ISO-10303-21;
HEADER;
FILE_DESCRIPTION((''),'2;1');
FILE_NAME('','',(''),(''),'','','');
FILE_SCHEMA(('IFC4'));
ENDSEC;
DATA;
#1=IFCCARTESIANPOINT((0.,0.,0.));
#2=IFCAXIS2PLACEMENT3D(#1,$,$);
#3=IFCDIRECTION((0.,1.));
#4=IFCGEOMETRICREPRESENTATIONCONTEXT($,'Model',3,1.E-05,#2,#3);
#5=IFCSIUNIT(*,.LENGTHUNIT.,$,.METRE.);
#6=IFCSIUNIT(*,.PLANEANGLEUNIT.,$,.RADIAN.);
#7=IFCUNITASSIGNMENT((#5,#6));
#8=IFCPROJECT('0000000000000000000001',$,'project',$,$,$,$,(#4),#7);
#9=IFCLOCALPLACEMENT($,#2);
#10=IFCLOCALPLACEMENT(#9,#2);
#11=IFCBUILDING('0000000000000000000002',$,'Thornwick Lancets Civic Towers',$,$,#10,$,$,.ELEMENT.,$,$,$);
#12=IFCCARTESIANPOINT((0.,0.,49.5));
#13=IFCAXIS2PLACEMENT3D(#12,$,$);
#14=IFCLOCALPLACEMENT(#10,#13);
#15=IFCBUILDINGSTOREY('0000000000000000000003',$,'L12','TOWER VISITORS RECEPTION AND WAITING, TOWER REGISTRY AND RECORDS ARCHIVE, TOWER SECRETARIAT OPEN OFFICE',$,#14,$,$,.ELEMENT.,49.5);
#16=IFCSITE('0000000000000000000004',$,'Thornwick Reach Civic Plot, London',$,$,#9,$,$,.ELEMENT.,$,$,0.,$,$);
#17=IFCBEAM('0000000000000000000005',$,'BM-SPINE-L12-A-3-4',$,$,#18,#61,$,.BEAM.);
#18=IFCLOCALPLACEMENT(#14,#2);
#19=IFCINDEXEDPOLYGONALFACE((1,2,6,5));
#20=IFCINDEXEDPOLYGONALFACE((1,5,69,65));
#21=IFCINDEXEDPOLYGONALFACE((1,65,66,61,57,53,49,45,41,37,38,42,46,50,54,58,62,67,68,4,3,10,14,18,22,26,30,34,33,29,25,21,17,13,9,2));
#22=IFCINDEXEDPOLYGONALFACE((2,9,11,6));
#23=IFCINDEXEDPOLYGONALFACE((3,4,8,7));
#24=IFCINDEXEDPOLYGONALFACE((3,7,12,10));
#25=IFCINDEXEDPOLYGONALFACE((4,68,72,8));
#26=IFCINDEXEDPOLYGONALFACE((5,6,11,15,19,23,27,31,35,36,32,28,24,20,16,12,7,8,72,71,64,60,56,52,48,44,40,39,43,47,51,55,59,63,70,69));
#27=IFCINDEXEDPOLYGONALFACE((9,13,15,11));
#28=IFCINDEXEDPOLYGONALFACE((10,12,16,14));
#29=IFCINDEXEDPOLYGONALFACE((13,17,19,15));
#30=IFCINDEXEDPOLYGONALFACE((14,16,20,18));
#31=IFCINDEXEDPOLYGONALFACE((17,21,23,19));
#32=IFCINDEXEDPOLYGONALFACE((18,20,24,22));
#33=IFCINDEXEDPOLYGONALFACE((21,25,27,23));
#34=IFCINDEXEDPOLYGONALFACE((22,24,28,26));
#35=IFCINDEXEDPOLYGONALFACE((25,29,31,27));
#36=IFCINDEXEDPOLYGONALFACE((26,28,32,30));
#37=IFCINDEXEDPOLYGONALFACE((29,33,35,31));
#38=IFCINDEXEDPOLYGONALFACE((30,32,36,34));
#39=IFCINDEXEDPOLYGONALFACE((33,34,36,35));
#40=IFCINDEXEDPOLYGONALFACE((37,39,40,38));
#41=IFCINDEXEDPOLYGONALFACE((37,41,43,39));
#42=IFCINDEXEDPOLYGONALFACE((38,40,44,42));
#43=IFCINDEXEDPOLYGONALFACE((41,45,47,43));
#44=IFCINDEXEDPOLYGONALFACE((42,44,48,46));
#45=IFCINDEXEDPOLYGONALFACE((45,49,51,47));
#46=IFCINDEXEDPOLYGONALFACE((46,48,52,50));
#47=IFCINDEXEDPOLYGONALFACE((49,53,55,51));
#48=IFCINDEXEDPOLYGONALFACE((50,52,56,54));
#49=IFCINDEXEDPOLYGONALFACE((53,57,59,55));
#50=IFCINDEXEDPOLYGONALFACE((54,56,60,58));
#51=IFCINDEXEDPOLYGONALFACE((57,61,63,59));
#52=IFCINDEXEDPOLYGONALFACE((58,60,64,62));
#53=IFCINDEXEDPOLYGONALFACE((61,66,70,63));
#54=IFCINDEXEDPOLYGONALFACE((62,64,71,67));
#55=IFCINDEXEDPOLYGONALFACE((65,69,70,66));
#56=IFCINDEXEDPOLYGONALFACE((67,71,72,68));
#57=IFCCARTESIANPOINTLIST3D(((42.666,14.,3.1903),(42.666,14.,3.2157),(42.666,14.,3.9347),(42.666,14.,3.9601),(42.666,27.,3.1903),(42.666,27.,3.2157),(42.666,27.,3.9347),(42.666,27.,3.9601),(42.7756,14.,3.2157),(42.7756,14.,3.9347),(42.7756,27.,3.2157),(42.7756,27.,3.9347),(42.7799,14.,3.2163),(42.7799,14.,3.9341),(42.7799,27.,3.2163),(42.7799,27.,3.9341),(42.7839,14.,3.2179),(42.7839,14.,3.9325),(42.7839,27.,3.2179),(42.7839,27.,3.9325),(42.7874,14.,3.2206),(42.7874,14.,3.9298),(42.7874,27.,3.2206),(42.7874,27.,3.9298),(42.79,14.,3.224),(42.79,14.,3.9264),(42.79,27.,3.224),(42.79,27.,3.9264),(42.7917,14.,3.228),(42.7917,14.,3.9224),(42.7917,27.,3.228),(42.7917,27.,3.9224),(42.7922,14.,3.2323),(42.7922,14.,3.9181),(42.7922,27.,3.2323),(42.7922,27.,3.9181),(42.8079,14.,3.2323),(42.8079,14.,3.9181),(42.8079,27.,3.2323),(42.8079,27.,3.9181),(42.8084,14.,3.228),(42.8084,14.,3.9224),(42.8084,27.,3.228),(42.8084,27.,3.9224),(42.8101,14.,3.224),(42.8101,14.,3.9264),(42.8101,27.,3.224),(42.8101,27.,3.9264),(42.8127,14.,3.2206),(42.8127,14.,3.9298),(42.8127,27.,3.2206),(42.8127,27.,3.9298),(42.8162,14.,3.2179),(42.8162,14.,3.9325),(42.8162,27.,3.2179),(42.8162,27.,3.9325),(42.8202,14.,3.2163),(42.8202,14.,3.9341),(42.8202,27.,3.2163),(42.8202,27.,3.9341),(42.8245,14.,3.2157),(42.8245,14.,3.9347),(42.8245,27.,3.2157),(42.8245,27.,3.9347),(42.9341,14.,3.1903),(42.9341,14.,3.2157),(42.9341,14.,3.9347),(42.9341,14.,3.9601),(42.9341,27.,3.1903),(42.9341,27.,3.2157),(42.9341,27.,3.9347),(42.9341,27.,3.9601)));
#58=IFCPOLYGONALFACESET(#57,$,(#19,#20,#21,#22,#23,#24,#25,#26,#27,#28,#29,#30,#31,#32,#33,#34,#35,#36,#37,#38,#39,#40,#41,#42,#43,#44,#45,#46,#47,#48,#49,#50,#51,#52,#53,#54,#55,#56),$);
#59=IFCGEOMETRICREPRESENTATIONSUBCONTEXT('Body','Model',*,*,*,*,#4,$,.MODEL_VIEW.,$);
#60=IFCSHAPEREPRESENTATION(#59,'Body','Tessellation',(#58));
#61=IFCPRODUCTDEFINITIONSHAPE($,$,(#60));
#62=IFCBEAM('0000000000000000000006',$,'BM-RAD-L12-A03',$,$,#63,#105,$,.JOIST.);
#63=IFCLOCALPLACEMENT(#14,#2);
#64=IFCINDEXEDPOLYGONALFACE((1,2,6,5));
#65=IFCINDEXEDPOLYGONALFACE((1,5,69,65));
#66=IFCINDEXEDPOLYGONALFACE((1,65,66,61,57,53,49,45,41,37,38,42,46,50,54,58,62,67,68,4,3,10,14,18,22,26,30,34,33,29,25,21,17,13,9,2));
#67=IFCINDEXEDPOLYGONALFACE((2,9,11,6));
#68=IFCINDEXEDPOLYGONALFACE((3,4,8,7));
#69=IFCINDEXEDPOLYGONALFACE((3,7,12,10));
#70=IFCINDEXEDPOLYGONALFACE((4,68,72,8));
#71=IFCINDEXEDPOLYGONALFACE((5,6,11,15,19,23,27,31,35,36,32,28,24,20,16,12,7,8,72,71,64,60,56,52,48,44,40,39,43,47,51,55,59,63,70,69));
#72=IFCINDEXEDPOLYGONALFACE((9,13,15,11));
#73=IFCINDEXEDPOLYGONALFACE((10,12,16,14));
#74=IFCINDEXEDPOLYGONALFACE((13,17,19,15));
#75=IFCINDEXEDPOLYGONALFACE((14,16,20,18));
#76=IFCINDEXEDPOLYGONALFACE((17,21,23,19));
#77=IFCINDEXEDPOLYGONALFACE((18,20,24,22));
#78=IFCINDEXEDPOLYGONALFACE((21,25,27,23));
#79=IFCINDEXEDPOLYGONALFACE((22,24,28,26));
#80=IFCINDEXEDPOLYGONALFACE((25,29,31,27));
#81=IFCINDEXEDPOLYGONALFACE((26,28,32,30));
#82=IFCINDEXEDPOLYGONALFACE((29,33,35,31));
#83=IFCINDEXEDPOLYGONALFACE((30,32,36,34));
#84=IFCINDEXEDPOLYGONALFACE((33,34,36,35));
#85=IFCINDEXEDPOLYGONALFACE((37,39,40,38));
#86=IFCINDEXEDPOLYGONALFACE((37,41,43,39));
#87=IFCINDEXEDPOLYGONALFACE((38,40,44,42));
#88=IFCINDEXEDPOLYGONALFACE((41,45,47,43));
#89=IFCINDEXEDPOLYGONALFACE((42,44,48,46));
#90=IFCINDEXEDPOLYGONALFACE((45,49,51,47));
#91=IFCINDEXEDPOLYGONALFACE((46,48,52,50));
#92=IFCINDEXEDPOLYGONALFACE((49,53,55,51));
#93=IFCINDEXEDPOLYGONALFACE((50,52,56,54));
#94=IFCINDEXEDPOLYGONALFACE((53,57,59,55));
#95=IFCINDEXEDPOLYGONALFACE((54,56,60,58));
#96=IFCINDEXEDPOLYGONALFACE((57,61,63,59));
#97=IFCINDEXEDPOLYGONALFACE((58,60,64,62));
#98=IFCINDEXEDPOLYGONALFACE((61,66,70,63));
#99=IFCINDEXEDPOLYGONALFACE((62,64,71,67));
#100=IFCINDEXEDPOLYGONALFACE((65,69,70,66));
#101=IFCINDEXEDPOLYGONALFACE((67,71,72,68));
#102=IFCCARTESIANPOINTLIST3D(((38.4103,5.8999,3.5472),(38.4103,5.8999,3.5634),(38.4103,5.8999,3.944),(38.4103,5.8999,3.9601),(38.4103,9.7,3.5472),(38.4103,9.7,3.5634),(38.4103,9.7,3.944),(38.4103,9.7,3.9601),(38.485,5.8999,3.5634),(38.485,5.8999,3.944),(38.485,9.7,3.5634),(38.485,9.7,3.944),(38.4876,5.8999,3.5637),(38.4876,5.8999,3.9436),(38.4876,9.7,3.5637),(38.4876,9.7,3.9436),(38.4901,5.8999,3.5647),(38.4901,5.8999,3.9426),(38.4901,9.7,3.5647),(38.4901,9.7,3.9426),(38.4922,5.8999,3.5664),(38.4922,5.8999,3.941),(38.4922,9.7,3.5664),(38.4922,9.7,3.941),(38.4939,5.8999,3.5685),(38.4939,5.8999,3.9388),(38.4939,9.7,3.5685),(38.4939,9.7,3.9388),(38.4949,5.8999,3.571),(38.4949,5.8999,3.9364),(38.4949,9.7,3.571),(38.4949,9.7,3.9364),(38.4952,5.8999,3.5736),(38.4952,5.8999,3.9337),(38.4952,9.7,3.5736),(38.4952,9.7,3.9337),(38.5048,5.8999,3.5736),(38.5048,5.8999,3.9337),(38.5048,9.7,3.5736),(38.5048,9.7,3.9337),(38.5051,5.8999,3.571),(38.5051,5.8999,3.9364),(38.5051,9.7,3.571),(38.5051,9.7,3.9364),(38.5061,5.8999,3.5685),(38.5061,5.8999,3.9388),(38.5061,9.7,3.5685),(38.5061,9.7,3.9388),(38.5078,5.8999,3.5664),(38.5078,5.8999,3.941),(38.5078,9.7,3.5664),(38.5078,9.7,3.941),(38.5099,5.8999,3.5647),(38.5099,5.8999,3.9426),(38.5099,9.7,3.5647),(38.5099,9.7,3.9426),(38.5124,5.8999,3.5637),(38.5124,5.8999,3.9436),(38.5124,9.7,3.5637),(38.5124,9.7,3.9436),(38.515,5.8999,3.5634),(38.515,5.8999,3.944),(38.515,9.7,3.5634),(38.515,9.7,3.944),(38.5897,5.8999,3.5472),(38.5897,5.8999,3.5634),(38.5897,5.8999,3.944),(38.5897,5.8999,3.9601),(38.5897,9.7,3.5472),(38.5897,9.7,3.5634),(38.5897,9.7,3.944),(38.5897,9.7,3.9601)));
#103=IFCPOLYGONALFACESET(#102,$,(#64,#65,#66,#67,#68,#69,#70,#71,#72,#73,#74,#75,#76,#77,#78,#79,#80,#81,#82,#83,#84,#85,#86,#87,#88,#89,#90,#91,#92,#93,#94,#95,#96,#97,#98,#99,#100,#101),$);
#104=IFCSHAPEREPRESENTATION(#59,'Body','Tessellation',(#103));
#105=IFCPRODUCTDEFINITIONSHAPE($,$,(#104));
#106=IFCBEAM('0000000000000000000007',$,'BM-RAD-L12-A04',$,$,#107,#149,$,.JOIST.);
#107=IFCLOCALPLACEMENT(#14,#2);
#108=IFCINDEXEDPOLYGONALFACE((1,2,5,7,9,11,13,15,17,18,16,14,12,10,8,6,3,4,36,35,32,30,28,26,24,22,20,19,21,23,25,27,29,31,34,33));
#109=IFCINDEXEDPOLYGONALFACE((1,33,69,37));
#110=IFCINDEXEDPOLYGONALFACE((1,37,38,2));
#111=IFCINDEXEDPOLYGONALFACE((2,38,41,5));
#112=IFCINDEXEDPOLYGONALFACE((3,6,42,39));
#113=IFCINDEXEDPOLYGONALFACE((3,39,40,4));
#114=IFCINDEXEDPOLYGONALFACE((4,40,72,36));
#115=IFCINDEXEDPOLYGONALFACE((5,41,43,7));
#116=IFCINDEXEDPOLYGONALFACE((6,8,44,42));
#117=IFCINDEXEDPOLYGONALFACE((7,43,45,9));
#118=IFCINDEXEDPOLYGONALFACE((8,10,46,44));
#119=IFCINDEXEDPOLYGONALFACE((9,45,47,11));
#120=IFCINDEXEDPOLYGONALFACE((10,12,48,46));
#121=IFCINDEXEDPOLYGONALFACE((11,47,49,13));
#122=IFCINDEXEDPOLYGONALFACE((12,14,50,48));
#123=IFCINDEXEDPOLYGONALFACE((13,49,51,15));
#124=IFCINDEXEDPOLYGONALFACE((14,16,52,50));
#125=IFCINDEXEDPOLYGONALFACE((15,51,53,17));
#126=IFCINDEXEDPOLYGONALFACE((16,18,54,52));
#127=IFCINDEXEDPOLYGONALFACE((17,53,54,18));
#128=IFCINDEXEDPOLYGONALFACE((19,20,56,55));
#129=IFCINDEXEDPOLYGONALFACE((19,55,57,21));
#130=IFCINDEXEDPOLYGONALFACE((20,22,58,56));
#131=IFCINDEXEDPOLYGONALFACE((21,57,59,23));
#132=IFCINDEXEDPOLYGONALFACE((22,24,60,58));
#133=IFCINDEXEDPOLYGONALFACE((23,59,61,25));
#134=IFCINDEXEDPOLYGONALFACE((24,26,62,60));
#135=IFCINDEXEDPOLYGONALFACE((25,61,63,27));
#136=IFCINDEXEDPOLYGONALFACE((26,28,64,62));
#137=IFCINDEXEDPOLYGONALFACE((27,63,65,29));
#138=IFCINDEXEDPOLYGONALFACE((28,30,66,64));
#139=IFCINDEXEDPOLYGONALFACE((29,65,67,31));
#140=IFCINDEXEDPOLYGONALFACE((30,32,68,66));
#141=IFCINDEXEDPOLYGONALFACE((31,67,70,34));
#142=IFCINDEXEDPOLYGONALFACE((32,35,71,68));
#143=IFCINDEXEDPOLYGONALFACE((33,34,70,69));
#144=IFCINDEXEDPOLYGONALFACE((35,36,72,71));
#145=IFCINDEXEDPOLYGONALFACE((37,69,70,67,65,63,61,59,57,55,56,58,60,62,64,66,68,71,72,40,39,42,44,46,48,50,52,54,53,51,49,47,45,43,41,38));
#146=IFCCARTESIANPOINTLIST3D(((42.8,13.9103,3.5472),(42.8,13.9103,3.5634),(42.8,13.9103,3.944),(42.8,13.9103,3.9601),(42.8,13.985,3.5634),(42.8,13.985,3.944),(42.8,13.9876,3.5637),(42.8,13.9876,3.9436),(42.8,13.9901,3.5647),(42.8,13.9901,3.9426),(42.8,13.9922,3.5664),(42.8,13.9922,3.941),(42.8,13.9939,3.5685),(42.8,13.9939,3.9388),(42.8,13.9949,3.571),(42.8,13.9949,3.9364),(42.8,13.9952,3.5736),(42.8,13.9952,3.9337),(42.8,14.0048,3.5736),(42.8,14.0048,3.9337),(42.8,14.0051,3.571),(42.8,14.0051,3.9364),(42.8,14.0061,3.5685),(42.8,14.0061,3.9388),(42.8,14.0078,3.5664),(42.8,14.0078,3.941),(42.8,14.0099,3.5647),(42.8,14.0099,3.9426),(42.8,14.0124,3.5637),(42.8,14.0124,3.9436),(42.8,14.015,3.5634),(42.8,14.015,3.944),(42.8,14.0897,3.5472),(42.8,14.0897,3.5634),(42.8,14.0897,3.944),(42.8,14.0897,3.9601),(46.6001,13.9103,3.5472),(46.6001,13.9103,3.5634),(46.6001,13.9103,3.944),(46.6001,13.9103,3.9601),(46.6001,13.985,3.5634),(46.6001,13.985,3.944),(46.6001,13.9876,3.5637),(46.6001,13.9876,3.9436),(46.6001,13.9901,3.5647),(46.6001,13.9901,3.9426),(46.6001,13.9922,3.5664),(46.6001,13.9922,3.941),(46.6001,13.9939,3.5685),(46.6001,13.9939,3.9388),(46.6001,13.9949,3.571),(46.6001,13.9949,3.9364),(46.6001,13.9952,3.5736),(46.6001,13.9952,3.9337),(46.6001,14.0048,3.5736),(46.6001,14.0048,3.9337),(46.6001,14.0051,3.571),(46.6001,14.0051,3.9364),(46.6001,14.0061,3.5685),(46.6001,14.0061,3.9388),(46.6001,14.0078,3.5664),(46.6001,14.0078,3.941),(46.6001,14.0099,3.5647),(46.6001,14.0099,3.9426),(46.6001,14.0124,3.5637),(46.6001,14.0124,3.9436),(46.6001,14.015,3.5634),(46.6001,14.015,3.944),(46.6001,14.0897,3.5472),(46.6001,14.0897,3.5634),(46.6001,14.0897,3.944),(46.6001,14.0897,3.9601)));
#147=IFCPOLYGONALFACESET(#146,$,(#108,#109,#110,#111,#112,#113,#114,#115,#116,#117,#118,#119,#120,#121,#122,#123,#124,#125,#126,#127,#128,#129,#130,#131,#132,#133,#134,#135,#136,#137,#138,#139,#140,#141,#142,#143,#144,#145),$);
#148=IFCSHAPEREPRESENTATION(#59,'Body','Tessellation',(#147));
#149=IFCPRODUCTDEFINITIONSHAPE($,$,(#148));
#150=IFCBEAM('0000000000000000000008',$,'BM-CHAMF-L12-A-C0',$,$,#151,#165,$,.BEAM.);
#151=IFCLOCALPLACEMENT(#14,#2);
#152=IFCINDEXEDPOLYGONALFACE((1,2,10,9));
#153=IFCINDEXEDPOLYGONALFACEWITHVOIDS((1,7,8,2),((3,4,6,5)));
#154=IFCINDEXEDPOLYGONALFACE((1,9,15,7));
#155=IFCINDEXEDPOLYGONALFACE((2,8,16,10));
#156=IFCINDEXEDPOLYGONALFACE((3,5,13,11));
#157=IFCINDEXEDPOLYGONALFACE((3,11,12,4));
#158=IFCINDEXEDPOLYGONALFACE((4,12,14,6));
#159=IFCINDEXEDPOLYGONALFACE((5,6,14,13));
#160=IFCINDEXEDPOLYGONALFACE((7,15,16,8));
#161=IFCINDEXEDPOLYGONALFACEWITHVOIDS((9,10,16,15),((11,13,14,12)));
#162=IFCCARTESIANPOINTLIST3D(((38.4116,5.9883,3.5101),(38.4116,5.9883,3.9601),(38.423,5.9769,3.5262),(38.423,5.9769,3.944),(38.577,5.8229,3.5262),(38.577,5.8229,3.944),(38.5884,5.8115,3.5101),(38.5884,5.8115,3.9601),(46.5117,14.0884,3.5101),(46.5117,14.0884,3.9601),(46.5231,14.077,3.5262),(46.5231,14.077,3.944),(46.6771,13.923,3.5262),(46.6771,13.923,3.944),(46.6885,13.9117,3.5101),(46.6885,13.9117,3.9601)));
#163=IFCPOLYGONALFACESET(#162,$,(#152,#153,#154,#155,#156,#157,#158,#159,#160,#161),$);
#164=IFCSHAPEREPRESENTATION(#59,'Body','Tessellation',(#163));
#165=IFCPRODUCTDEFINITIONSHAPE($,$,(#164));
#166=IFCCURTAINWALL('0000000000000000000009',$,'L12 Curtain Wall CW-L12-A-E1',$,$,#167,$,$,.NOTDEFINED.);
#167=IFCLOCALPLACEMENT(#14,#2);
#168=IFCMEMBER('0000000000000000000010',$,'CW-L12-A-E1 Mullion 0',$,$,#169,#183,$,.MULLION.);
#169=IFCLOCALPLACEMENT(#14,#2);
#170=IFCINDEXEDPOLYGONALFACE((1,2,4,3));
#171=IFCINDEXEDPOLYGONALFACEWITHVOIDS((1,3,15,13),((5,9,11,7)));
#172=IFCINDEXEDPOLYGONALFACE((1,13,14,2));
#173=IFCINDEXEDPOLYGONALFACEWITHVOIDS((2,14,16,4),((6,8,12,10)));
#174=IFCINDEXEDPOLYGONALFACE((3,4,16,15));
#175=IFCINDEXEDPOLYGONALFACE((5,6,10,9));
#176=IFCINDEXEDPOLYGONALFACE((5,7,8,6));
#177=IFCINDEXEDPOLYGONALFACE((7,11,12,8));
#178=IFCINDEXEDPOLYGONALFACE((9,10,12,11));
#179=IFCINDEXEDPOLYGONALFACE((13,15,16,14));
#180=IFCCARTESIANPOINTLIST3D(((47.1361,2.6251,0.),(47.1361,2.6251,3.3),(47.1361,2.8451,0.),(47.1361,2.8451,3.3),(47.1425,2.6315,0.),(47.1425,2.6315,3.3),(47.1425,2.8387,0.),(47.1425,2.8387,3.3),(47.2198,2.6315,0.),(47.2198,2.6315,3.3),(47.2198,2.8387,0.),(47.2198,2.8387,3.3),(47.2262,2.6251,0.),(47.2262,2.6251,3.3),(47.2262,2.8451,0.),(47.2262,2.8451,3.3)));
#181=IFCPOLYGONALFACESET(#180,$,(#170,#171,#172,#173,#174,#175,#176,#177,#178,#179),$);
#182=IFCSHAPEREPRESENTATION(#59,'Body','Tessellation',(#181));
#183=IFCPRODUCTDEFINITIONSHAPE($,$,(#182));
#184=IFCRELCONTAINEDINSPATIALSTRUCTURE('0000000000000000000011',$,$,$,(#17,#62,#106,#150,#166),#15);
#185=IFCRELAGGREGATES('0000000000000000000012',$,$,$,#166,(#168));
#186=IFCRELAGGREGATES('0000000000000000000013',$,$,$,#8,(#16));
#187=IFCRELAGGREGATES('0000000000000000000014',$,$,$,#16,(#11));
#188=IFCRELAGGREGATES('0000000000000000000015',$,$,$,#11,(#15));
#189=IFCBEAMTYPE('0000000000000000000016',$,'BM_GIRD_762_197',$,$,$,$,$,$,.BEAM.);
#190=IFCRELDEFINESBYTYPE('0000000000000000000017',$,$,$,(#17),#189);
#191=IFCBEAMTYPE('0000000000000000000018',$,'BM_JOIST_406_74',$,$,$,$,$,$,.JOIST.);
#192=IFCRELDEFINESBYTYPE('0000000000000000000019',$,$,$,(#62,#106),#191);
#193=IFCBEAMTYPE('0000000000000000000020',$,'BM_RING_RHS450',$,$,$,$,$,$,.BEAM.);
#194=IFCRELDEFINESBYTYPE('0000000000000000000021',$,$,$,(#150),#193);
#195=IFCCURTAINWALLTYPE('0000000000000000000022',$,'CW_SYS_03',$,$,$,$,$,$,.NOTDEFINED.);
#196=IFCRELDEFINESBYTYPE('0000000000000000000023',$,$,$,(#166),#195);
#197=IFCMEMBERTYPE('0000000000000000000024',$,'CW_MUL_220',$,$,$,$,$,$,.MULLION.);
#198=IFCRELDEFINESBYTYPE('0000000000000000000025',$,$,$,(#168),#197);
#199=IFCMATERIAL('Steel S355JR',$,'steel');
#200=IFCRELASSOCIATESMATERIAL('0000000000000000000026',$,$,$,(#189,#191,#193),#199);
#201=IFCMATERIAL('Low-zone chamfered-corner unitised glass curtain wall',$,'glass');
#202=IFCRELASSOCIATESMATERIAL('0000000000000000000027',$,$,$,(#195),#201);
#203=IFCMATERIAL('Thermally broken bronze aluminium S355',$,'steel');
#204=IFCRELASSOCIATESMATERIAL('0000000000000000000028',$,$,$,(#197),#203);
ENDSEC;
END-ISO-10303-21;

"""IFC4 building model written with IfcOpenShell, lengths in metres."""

from ifc_helpers import new_model, si_unit, direction, frame, origin, origin_2d, place, context, subcontext, project, spatial, hollow_rectangle, i_section, extrude, material, material_profile, profile_set, type_object, element, aggregate, save


model = new_model("IFC4")

# Units and contexts
model_context = context("Model", 3, precision=1e-05, world=origin(), true_north=direction((0.0, 1.0)))
body_context = subcontext(model_context, "Body", "Model", "MODEL_VIEW")
ifc_project = project(units=[si_unit("LENGTHUNIT", "METRE"), si_unit("PLANEANGLEUNIT", "RADIAN")], contexts=[model_context])

# Site, building, storey
site_placement = place(None, origin())
site = spatial("IfcSite", under=ifc_project, at=site_placement, Name="Thornwick Reach Civic Plot, London", CompositionType="ELEMENT", RefElevation=0.0)
building_placement = place(site_placement, origin())
building = spatial("IfcBuilding", under=site, at=building_placement, Name="Thornwick Lancets Civic Towers", CompositionType="ELEMENT")
storey_placement = place(building_placement, frame((0.0, 0.0, 49.5)))
storey = spatial("IfcBuildingStorey", under=building, at=storey_placement, Name="L12", Description="TOWER VISITORS RECEPTION AND WAITING, TOWER REGISTRY AND RECORDS ARCHIVE, TOWER SECRETARIAT OPEN OFFICE", CompositionType="ELEMENT", Elevation=49.5)

# Beams
ifc_material_1 = material(Name="Steel S355JR", Category="steel")
ifc_material_profile_1 = material_profile(ifc_material_1, i_section(OverallWidth=0.2681, OverallDepth=0.7698, WebThickness=0.0156, FlangeThickness=0.0254, FilletRadius=0.0166, at=origin_2d()), Name="UKB 762x267x197")
ifc_profile_set_1 = profile_set([ifc_material_profile_1], Name="Steel S355JR")
beam_type_1 = type_object("IfcBeamType", Name="BM_GIRD_762_197", PredefinedType="BEAM", material=ifc_profile_set_1)
beam_1_placement = place(storey_placement, frame((42.8, 14.0, 3.5752), z_axis=(0.0, 1.0, 0.0), x_axis=(-1.0, 0.0, 0.0)))
element("IfcBeam", 1, at=beam_1_placement, inside=storey, type_object=beam_type_1, Name="BM-SPINE-L12-A-3-4", PredefinedType="BEAM", context=body_context, shape_type="SweptSolid", body=[
    extrude(i_section(OverallWidth=0.2681, OverallDepth=0.7698, WebThickness=0.0156, FlangeThickness=0.0254, FilletRadius=0.0166, at=origin_2d()), origin(), (0.0, 0.0, 1.0), 13.0),
])
ifc_material_profile_2 = material_profile(ifc_material_1, i_section(OverallWidth=0.1794, OverallDepth=0.4128, WebThickness=0.0095, FlangeThickness=0.0161, FilletRadius=0.0103, at=origin_2d()), Name="UKB 406x178x74")
ifc_profile_set_2 = profile_set([ifc_material_profile_2], Name="Steel S355JR")
beam_type_2 = type_object("IfcBeamType", Name="BM_JOIST_406_74", PredefinedType="JOIST", material=ifc_profile_set_2)
for number, where, z_axis, x_axis, name in (
    (2, (38.5, 9.7, 3.7537), (0.0, -1.0, 0.0), (1.0, 0.0, 0.0), "BM-RAD-L12-A03"),
    (3, (42.8, 14.0, 3.7537), (1.0, 0.0, 0.0), (0.0, 1.0, 0.0), "BM-RAD-L12-A04"),
):
    element("IfcBeam", number, at=place(storey_placement, frame(where, z_axis=z_axis, x_axis=x_axis)), inside=storey, type_object=beam_type_2, Name=name, PredefinedType="JOIST", context=body_context, shape_type="SweptSolid", body=[
        extrude(i_section(OverallWidth=0.1794, OverallDepth=0.4128, WebThickness=0.0095, FlangeThickness=0.0161, FilletRadius=0.0103, at=origin_2d()), origin(), (0.0, 0.0, 1.0), 3.8),
    ])
ifc_material_profile_3 = material_profile(ifc_material_1, hollow_rectangle(XDim=0.25, YDim=0.45, WallThickness=0.0161, at=origin_2d()), Name="RHS 450x250x16")
ifc_profile_set_3 = profile_set([ifc_material_profile_3], Name="Steel S355JR")
beam_type_3 = type_object("IfcBeamType", Name="BM_RING_RHS450", PredefinedType="BEAM", material=ifc_profile_set_3)
beam_2_placement = place(storey_placement, frame((38.5, 5.8999, 3.7351), z_axis=(0.707107, 0.707107, 0.0), x_axis=(-0.707107, 0.707107, 0.0)))
element("IfcBeam", 4, at=beam_2_placement, inside=storey, type_object=beam_type_3, Name="BM-CHAMF-L12-A-C0", PredefinedType="BEAM", context=body_context, shape_type="SweptSolid", body=[
    extrude(hollow_rectangle(XDim=0.25, YDim=0.45, WallThickness=0.0161, at=origin_2d()), origin(), (0.0, 0.0, 1.0), 11.4553),
])

# Curtain wall, member
ifc_material_2 = material(Name="Low-zone chamfered-corner unitised glass curtain wall", Category="glass")
curtain_wall_type = type_object("IfcCurtainWallType", Name="CW_SYS_03", PredefinedType="NOTDEFINED", material=ifc_material_2)
curtain_wall_placement = place(storey_placement, origin())
curtain_wall = element("IfcCurtainWall", 5, at=curtain_wall_placement, inside=storey, type_object=curtain_wall_type, Name="L12 Curtain Wall CW-L12-A-E1", PredefinedType="NOTDEFINED")
ifc_material_3 = material(Name="Thermally broken bronze aluminium S355", Category="steel")
ifc_material_profile_4 = material_profile(ifc_material_3, hollow_rectangle(XDim=0.0901, YDim=0.22, WallThickness=0.0063, at=origin_2d()), Name="RHS 220x90x6.3")
ifc_profile_set_4 = profile_set([ifc_material_profile_4], Name="Thermally broken bronze aluminium S355")
member_type_1 = type_object("IfcMemberType", Name="CW_MUL_220", PredefinedType="MULLION", material=ifc_profile_set_4)
member_1_placement = place(storey_placement, frame((47.1812, 2.7351, 0.0), z_axis=(0.0, 0.0, 1.0), x_axis=(1.0, 0.0, 0.0)))
member_1 = element("IfcMember", 6, at=member_1_placement, type_object=member_type_1, Name="CW-L12-A-E1 Mullion 0", PredefinedType="MULLION", context=body_context, shape_type="SweptSolid", body=[
    extrude(hollow_rectangle(XDim=0.0901, YDim=0.22, WallThickness=0.0063, at=origin_2d()), origin(), (0.0, 0.0, 1.0), 3.3),
])
aggregate(curtain_wall, [member_1])

save(model, "model.ifc")
